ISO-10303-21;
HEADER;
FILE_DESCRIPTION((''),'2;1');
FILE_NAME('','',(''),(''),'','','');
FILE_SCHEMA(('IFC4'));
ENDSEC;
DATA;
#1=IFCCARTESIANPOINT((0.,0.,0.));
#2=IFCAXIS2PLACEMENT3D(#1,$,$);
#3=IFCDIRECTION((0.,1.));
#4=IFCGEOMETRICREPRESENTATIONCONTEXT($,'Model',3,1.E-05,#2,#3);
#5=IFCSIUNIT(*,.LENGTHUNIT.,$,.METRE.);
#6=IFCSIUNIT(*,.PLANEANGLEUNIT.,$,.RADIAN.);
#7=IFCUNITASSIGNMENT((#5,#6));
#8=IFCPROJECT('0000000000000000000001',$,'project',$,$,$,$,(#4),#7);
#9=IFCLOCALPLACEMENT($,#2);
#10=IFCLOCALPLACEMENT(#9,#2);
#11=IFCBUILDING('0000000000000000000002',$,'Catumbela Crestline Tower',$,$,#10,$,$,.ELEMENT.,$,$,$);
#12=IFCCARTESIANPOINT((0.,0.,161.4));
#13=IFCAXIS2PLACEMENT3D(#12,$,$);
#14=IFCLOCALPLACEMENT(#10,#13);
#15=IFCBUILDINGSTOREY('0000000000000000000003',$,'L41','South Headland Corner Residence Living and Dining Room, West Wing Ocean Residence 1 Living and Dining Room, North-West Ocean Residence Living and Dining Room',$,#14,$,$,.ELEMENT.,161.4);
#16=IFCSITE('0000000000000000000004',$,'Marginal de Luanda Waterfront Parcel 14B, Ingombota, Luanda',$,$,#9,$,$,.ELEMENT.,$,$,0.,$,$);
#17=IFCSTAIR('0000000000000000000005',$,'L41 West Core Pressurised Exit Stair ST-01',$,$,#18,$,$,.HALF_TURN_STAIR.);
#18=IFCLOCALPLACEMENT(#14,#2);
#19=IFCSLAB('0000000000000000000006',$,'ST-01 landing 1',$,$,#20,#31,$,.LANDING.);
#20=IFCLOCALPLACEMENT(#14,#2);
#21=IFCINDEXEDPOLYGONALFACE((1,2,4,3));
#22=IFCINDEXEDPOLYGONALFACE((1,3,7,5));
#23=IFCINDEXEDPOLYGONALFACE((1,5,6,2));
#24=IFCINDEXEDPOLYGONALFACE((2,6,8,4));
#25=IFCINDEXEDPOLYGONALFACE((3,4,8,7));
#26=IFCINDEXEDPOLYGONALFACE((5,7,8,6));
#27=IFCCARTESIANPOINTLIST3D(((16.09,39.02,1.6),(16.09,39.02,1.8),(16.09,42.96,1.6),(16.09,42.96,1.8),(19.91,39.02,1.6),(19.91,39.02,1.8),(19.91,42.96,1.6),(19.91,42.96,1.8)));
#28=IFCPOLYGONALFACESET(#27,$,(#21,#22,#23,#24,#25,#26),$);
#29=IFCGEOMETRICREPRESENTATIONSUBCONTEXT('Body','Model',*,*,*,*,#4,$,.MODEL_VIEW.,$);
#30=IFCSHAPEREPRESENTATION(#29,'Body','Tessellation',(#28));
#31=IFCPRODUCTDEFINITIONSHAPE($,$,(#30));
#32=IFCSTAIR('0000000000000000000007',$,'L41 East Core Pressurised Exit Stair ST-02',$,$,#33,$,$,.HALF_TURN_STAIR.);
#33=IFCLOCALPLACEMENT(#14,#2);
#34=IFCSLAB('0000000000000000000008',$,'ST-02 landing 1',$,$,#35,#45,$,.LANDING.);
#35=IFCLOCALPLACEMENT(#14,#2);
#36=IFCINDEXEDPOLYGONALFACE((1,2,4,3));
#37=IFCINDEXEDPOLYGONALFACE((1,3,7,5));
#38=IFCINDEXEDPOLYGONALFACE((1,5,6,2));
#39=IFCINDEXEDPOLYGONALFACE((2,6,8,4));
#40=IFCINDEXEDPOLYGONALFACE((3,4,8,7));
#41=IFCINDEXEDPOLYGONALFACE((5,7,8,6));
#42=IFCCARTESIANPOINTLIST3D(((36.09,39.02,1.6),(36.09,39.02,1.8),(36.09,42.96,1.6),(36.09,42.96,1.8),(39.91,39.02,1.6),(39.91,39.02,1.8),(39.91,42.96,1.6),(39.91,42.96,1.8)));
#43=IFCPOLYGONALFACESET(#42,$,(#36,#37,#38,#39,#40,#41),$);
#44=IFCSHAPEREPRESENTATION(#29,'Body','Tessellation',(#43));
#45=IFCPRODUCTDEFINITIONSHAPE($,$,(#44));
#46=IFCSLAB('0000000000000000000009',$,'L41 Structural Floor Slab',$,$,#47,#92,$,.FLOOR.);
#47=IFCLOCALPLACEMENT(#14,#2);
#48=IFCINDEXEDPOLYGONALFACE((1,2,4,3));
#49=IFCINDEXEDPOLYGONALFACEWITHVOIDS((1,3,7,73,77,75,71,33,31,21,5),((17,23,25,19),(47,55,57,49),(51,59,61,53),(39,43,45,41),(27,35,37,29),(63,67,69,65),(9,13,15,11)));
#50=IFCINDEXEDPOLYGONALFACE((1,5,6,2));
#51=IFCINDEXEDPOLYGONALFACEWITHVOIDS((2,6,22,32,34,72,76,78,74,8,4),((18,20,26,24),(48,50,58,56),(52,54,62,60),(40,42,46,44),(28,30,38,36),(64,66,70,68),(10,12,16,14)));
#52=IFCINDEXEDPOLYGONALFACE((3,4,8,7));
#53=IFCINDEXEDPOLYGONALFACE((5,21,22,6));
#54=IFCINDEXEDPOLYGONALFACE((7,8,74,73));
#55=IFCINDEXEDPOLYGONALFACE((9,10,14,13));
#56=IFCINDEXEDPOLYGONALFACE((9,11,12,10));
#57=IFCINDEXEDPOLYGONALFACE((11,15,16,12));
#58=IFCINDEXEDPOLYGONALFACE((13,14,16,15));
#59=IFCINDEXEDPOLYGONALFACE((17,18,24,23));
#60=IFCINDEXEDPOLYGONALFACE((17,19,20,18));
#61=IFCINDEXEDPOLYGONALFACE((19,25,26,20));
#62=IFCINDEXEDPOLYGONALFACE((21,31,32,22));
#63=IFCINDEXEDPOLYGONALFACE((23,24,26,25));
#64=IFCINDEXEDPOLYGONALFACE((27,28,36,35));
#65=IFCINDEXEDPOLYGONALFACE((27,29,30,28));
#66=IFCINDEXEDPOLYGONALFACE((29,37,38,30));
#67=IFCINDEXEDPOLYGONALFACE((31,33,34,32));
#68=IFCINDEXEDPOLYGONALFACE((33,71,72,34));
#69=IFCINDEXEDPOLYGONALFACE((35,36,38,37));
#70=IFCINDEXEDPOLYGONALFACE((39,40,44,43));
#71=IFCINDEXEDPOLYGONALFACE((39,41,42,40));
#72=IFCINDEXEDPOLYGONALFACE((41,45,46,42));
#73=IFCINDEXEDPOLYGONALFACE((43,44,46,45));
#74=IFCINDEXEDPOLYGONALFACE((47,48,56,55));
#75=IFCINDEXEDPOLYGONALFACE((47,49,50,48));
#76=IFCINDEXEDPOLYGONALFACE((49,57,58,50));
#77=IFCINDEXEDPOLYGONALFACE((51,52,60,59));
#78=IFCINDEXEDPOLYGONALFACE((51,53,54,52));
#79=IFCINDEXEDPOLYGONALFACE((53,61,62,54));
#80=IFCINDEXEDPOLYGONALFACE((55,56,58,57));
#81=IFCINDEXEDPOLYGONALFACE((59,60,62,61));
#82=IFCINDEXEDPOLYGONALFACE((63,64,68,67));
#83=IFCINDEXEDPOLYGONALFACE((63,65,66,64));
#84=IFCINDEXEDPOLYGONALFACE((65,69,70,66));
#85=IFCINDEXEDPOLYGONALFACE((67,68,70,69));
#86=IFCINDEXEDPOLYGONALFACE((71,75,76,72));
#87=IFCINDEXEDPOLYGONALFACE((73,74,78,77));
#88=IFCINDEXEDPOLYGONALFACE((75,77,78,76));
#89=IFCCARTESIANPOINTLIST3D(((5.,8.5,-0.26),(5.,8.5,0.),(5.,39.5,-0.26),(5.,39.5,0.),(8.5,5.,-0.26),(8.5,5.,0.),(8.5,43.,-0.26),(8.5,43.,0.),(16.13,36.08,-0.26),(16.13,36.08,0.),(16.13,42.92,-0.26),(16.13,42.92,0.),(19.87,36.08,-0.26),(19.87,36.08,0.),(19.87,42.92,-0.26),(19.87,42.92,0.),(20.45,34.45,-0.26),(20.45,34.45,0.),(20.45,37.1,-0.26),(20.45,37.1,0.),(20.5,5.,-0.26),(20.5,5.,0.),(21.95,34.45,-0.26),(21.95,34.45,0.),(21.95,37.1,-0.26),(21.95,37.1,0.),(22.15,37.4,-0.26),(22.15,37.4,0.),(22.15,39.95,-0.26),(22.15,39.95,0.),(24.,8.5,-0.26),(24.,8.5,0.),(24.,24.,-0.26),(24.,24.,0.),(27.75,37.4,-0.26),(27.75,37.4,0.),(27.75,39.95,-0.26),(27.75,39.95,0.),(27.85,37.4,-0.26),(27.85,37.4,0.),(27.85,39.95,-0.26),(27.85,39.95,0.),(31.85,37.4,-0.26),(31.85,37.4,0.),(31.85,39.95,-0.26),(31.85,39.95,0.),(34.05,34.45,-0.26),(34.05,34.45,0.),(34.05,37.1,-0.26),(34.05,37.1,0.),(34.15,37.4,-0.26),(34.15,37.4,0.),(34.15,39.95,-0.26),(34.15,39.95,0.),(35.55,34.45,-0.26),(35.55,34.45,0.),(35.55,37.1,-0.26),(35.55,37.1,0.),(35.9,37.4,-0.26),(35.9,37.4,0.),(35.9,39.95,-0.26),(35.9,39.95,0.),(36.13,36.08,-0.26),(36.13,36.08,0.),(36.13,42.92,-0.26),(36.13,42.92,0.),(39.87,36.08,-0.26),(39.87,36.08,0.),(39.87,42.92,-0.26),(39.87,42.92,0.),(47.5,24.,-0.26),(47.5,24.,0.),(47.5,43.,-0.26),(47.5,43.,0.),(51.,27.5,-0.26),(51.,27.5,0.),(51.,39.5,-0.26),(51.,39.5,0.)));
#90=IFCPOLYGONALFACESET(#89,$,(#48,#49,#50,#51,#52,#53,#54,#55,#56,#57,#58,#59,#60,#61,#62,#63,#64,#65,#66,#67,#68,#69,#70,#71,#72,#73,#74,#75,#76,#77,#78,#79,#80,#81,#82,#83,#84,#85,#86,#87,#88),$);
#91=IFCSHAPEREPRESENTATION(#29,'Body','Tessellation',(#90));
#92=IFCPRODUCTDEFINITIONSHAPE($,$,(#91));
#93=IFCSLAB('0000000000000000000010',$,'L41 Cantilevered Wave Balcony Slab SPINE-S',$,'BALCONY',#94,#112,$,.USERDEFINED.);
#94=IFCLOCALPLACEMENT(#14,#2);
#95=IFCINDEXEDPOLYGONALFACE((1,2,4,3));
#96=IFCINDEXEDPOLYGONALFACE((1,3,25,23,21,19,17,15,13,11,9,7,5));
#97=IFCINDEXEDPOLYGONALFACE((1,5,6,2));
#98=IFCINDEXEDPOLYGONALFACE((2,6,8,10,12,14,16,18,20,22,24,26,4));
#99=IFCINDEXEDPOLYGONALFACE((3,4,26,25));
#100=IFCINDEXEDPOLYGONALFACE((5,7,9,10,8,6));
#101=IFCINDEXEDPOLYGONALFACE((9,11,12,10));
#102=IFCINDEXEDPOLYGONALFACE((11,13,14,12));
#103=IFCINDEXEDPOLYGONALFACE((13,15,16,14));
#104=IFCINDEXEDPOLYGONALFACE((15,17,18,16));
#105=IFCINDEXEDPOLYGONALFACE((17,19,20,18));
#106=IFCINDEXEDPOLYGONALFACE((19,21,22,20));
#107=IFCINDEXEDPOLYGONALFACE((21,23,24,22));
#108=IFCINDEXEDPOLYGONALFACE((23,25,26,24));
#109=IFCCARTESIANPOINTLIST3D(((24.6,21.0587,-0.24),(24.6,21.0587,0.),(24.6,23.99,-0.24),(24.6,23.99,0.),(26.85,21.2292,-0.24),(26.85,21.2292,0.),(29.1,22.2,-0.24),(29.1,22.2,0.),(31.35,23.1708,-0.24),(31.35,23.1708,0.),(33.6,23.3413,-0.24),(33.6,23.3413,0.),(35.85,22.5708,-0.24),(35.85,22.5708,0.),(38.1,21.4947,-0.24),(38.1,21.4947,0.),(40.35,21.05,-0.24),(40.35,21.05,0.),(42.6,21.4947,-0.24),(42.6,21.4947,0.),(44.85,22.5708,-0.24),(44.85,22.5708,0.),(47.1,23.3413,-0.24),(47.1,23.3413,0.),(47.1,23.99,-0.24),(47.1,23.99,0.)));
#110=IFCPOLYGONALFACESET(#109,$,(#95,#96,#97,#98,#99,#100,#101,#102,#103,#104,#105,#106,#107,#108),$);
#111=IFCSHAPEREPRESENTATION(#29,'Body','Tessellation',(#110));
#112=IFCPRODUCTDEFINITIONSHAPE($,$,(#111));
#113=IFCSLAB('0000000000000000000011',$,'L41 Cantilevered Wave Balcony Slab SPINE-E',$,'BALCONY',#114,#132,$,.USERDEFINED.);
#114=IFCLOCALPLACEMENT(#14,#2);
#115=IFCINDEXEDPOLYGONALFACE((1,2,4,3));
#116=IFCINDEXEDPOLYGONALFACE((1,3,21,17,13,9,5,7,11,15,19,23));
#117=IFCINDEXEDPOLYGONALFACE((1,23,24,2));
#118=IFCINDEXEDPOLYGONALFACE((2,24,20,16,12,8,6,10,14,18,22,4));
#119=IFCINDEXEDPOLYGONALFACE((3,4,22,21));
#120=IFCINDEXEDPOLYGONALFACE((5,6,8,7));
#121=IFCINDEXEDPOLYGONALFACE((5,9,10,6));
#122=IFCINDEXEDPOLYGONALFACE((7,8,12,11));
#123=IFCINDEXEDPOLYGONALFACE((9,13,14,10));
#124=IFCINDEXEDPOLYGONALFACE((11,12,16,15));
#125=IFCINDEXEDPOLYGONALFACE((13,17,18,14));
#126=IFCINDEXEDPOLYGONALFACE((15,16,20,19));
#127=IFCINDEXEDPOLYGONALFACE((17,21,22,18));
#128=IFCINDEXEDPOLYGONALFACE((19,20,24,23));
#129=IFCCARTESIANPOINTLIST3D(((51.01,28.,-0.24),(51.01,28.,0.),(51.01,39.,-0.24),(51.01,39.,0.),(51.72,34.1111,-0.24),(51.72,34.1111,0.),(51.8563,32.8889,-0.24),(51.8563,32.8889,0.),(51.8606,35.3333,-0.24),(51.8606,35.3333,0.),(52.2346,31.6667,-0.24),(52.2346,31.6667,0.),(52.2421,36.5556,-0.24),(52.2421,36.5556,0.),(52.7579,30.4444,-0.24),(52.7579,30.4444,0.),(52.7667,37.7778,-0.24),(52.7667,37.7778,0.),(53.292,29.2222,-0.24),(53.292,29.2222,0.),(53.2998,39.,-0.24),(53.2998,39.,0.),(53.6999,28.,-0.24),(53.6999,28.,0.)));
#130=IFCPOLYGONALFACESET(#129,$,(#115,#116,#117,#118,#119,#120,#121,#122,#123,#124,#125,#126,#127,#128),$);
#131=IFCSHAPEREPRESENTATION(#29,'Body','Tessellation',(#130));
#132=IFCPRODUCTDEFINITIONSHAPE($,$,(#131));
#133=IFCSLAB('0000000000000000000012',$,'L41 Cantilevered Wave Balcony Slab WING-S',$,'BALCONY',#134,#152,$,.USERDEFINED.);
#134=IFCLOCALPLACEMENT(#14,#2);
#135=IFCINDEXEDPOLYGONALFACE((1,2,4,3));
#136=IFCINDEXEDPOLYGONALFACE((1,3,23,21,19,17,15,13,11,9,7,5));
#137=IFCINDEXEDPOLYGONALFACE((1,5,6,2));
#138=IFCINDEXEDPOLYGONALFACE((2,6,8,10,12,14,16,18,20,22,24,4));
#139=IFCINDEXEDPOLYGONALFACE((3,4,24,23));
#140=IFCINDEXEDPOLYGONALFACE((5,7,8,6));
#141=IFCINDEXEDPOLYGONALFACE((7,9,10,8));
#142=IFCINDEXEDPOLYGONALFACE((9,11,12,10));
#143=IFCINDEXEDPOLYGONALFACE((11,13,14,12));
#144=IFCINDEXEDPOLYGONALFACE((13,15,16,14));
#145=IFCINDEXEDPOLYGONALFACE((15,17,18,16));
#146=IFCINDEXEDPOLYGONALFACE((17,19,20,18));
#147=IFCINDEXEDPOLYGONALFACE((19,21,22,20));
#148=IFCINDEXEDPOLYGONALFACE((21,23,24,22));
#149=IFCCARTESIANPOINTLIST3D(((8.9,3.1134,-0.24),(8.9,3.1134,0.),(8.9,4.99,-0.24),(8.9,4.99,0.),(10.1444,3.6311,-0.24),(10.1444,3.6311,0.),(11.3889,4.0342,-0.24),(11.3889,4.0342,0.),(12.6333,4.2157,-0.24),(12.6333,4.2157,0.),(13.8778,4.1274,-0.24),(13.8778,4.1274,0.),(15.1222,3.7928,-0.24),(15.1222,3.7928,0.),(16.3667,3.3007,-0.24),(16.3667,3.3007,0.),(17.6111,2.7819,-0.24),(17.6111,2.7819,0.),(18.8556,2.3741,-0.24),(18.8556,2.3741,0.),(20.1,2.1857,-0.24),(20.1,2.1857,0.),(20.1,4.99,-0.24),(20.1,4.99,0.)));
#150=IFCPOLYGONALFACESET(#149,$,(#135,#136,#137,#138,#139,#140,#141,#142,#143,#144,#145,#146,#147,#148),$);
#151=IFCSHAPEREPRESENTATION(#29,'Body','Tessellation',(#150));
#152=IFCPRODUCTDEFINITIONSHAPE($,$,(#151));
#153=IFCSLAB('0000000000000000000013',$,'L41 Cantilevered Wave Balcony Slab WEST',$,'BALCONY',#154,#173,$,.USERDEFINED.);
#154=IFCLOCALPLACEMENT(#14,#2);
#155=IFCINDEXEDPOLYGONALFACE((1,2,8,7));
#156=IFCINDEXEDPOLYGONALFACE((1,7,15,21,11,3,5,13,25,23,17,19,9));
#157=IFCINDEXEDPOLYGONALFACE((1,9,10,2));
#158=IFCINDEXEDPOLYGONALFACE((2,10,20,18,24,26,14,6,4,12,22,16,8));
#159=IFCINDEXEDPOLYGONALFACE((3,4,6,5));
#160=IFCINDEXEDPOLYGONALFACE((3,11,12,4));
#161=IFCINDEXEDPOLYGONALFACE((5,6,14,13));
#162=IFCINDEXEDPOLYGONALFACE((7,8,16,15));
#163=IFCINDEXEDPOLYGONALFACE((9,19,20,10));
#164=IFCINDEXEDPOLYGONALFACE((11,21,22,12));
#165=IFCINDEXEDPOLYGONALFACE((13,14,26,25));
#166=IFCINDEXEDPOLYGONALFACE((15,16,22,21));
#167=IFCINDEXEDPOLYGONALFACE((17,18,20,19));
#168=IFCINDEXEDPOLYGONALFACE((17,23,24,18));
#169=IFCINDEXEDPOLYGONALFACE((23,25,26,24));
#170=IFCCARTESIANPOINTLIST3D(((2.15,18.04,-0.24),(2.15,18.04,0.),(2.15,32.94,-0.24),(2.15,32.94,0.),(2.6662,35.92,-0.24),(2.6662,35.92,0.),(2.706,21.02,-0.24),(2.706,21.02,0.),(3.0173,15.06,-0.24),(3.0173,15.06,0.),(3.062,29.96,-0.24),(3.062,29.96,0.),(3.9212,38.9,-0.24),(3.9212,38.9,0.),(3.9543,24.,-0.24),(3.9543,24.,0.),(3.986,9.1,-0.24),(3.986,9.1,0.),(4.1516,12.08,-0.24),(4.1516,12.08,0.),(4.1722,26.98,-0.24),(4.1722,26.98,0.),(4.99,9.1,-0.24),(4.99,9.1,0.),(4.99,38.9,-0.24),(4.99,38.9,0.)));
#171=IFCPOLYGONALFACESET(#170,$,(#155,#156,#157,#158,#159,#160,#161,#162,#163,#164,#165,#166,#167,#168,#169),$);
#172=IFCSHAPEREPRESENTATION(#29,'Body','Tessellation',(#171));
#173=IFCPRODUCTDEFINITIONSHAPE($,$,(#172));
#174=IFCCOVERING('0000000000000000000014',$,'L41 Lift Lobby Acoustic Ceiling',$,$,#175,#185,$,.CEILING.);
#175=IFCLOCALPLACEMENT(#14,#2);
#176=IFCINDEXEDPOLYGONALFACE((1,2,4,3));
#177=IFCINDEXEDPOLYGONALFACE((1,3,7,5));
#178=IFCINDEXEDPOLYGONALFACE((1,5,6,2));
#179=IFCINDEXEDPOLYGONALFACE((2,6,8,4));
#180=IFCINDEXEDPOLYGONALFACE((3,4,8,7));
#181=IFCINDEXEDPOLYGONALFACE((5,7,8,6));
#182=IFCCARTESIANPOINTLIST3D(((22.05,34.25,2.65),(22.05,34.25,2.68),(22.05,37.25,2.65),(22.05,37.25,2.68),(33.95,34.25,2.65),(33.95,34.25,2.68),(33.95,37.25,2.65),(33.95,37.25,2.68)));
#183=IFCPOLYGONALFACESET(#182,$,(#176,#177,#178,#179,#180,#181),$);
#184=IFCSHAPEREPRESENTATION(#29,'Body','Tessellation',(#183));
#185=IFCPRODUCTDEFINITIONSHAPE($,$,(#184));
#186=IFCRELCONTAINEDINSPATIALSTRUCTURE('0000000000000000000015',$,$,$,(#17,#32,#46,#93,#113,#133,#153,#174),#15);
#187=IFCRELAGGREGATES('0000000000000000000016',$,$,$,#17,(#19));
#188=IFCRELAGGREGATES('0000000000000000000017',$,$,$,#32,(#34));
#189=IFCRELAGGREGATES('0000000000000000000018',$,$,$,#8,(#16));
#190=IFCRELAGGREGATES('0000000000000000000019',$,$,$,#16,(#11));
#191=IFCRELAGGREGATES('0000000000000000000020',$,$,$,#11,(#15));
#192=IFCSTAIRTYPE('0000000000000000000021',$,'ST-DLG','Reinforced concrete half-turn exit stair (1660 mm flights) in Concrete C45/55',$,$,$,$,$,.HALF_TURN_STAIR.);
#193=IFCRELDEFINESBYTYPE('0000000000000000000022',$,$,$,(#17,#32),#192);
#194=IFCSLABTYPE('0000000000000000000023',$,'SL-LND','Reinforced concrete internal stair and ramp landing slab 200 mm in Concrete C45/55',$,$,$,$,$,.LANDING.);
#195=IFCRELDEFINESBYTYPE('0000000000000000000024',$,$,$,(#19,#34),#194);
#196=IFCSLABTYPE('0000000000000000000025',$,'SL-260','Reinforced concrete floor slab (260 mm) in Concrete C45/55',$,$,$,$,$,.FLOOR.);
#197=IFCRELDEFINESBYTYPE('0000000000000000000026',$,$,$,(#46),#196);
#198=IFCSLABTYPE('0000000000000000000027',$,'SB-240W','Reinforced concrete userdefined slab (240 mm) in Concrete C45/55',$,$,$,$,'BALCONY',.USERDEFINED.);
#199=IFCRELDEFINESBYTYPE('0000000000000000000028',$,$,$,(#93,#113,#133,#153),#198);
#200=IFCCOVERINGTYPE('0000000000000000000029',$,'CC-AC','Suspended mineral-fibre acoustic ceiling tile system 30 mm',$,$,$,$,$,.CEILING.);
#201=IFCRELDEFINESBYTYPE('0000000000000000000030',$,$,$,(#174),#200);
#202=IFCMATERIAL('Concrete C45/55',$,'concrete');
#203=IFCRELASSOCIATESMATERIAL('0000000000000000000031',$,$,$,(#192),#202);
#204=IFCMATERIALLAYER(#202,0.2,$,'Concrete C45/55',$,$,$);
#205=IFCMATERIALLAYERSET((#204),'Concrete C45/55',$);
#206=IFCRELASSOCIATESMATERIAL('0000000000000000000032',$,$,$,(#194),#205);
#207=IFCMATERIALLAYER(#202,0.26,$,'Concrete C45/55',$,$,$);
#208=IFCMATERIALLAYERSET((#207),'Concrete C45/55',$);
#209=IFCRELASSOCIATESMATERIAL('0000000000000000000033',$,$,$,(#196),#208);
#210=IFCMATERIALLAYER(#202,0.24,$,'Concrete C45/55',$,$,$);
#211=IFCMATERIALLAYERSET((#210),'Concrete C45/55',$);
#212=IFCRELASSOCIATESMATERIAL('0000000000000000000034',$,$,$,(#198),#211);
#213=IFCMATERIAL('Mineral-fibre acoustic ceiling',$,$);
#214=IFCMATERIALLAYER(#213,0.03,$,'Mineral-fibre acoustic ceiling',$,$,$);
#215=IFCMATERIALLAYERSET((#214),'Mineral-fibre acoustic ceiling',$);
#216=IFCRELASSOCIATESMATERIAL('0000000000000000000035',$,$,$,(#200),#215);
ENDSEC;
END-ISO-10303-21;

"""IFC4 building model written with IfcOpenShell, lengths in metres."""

from ifc_helpers import new_model, si_unit, direction, frame, origin, place, context, subcontext, project, spatial, polyline, outline, extrude, material, layer, layer_set, type_object, element, aggregate, save


model = new_model("IFC4")

# Units and contexts
model_context = context("Model", 3, precision=1e-05, world=origin(), true_north=direction((0.0, 1.0)))
body_context = subcontext(model_context, "Body", "Model", "MODEL_VIEW")
ifc_project = project(units=[si_unit("LENGTHUNIT", "METRE"), si_unit("PLANEANGLEUNIT", "RADIAN")], contexts=[model_context])

# Site, building, storey
site_placement = place(None, origin())
site = spatial("IfcSite", under=ifc_project, at=site_placement, Name="Marginal de Luanda Waterfront Parcel 14B, Ingombota, Luanda", CompositionType="ELEMENT", RefElevation=0.0)
building_placement = place(site_placement, origin())
building = spatial("IfcBuilding", under=site, at=building_placement, Name="Catumbela Crestline Tower", CompositionType="ELEMENT")
storey_placement = place(building_placement, frame((0.0, 0.0, 161.4)))
storey = spatial("IfcBuildingStorey", under=building, at=storey_placement, Name="L41", Description="South Headland Corner Residence Living and Dining Room, West Wing Ocean Residence 1 Living and Dining Room, North-West Ocean Residence Living and Dining Room", CompositionType="ELEMENT", Elevation=161.4)

# Stairs, slabs
ifc_material_1 = material(Name="Concrete C45/55", Category="concrete")
stair_type = type_object("IfcStairType", Name="ST-DLG", Description="Reinforced concrete half-turn exit stair (1660 mm flights) in Concrete C45/55", PredefinedType="HALF_TURN_STAIR", material=ifc_material_1)
stair_1_placement = place(storey_placement, origin())
stair_1 = element("IfcStair", 1, at=stair_1_placement, inside=storey, type_object=stair_type, Name="L41 West Core Pressurised Exit Stair ST-01", PredefinedType="HALF_TURN_STAIR")
ifc_layer_1 = layer(ifc_material_1, 0.2, Name="Concrete C45/55")
ifc_layer_set_1 = layer_set([ifc_layer_1], Name="Concrete C45/55")
slab_type_1 = type_object("IfcSlabType", Name="SL-LND", Description="Reinforced concrete internal stair and ramp landing slab 200 mm in Concrete C45/55", PredefinedType="LANDING", material=ifc_layer_set_1)
slab_1_placement = place(storey_placement, frame((0.0, 0.0, 1.6)))
slab_1 = element("IfcSlab", 2, at=slab_1_placement, type_object=slab_type_1, Name="ST-01 landing 1", PredefinedType="LANDING", context=body_context, shape_type="SweptSolid", body=[
    extrude(outline(polyline([(19.91, 39.02), (19.91, 42.96), (16.09, 42.96), (16.09, 39.02), (19.91, 39.02)])), origin(), (0.0, 0.0, 1.0), 0.2),
])
aggregate(stair_1, [slab_1])
stair_2_placement = place(storey_placement, origin())
stair_2 = element("IfcStair", 3, at=stair_2_placement, inside=storey, type_object=stair_type, Name="L41 East Core Pressurised Exit Stair ST-02", PredefinedType="HALF_TURN_STAIR")
slab_2_placement = place(storey_placement, frame((0.0, 0.0, 1.6)))
slab_2 = element("IfcSlab", 4, at=slab_2_placement, type_object=slab_type_1, Name="ST-02 landing 1", PredefinedType="LANDING", context=body_context, shape_type="SweptSolid", body=[
    extrude(outline(polyline([(39.91, 39.02), (39.91, 42.96), (36.09, 42.96), (36.09, 39.02), (39.91, 39.02)])), origin(), (0.0, 0.0, 1.0), 0.2),
])
aggregate(stair_2, [slab_2])

# Slabs
ifc_layer_2 = layer(ifc_material_1, 0.26, Name="Concrete C45/55")
ifc_layer_set_2 = layer_set([ifc_layer_2], Name="Concrete C45/55")
slab_type_2 = type_object("IfcSlabType", Name="SL-260", Description="Reinforced concrete floor slab (260 mm) in Concrete C45/55", PredefinedType="FLOOR", material=ifc_layer_set_2)
slab_3_placement = place(storey_placement, frame((0.0, 0.0, -0.26)))
element("IfcSlab", 5, at=slab_3_placement, inside=storey, type_object=slab_type_2, Name="L41 Structural Floor Slab", PredefinedType="FLOOR", context=body_context, shape_type="SweptSolid", body=[
    extrude(outline(polyline([(8.5, 5.0), (20.5, 5.0), (24.0, 8.5), (24.0, 24.0), (47.5, 24.0), (51.0, 27.5), (51.0, 39.5), (47.5, 43.0), (8.5, 43.0), (5.0, 39.5), (5.0, 8.5), (8.5, 5.0)]), holes=[polyline([(16.13, 36.08), (19.87, 36.08), (19.87, 42.92), (16.13, 42.92), (16.13, 36.08)]), polyline([(36.13, 36.08), (39.87, 36.08), (39.87, 42.92), (36.13, 42.92), (36.13, 36.08)]), polyline([(22.15, 37.4), (27.75, 37.4), (27.75, 39.95), (22.15, 39.95), (22.15, 37.4)]), polyline([(27.85, 37.4), (31.85, 37.4), (31.85, 39.95), (27.85, 39.95), (27.85, 37.4)]), polyline([(20.45, 34.45), (21.95, 34.45), (21.95, 37.1), (20.45, 37.1), (20.45, 34.45)]), polyline([(34.05, 34.45), (35.55, 34.45), (35.55, 37.1), (34.05, 37.1), (34.05, 34.45)]), polyline([(34.15, 37.4), (35.9, 37.4), (35.9, 39.95), (34.15, 39.95), (34.15, 37.4)])]), origin(), (0.0, 0.0, 1.0), 0.26),
])
ifc_layer_3 = layer(ifc_material_1, 0.24, Name="Concrete C45/55")
ifc_layer_set_3 = layer_set([ifc_layer_3], Name="Concrete C45/55")
slab_type_3 = type_object("IfcSlabType", Name="SB-240W", Description="Reinforced concrete userdefined slab (240 mm) in Concrete C45/55", ElementType="BALCONY", PredefinedType="USERDEFINED", material=ifc_layer_set_3)
slab_4_placement = place(storey_placement, frame((0.0, 0.0, -0.24)))
element("IfcSlab", 6, at=slab_4_placement, inside=storey, type_object=slab_type_3, Name="L41 Cantilevered Wave Balcony Slab SPINE-S", ObjectType="BALCONY", PredefinedType="USERDEFINED", context=body_context, shape_type="SweptSolid", body=[
    extrude(outline(polyline([(24.6, 21.0587), (26.85, 21.2292), (29.1, 22.2), (31.35, 23.1708), (33.6, 23.3413), (35.85, 22.5708), (38.1, 21.4947), (40.35, 21.05), (42.6, 21.4947), (44.85, 22.5708), (47.1, 23.3413), (47.1, 23.99), (24.6, 23.99), (24.6, 21.0587)])), origin(), (0.0, 0.0, 1.0), 0.24),
])
slab_5_placement = place(storey_placement, frame((0.0, 0.0, -0.24)))
element("IfcSlab", 7, at=slab_5_placement, inside=storey, type_object=slab_type_3, Name="L41 Cantilevered Wave Balcony Slab SPINE-E", ObjectType="BALCONY", PredefinedType="USERDEFINED", context=body_context, shape_type="SweptSolid", body=[
    extrude(outline(polyline([(51.01, 28.0), (53.6999, 28.0), (53.292, 29.2222), (52.7579, 30.4444), (52.2346, 31.6667), (51.8563, 32.8889), (51.72, 34.1111), (51.8606, 35.3333), (52.2421, 36.5556), (52.7667, 37.7778), (53.2998, 39.0), (51.01, 39.0), (51.01, 28.0)])), origin(), (0.0, 0.0, 1.0), 0.24),
])
slab_6_placement = place(storey_placement, frame((0.0, 0.0, -0.24)))
element("IfcSlab", 8, at=slab_6_placement, inside=storey, type_object=slab_type_3, Name="L41 Cantilevered Wave Balcony Slab WING-S", ObjectType="BALCONY", PredefinedType="USERDEFINED", context=body_context, shape_type="SweptSolid", body=[
    extrude(outline(polyline([(8.9, 3.1134), (10.1444, 3.6311), (11.3889, 4.0342), (12.6333, 4.2157), (13.8778, 4.1274), (15.1222, 3.7928), (16.3667, 3.3007), (17.6111, 2.7819), (18.8556, 2.3741), (20.1, 2.1857), (20.1, 4.99), (8.9, 4.99), (8.9, 3.1134)])), origin(), (0.0, 0.0, 1.0), 0.24),
])
slab_7_placement = place(storey_placement, frame((0.0, 0.0, -0.24)))
element("IfcSlab", 9, at=slab_7_placement, inside=storey, type_object=slab_type_3, Name="L41 Cantilevered Wave Balcony Slab WEST", ObjectType="BALCONY", PredefinedType="USERDEFINED", context=body_context, shape_type="SweptSolid", body=[
    extrude(outline(polyline([(4.99, 38.9), (3.9212, 38.9), (2.6662, 35.92), (2.15, 32.94), (3.062, 29.96), (4.1722, 26.98), (3.9543, 24.0), (2.706, 21.02), (2.15, 18.04), (3.0173, 15.06), (4.1516, 12.08), (3.986, 9.1), (4.99, 9.1), (4.99, 38.9)])), origin(), (0.0, 0.0, 1.0), 0.24),
])

# Covering
ifc_material_2 = material(Name="Mineral-fibre acoustic ceiling")
ifc_layer_4 = layer(ifc_material_2, 0.03, Name="Mineral-fibre acoustic ceiling")
ifc_layer_set_4 = layer_set([ifc_layer_4], Name="Mineral-fibre acoustic ceiling")
covering_type_1 = type_object("IfcCoveringType", Name="CC-AC", Description="Suspended mineral-fibre acoustic ceiling tile system 30 mm", PredefinedType="CEILING", material=ifc_layer_set_4)
covering_1_placement = place(storey_placement, frame((0.0, 0.0, 2.65)))
element("IfcCovering", 10, at=covering_1_placement, inside=storey, type_object=covering_type_1, Name="L41 Lift Lobby Acoustic Ceiling", PredefinedType="CEILING", context=body_context, shape_type="SweptSolid", body=[
    extrude(outline(polyline([(22.05, 34.25), (33.95, 34.25), (33.95, 37.25), (22.05, 37.25), (22.05, 34.25)])), origin(), (0.0, 0.0, 1.0), 0.03),
])

save(model, "model.ifc")
